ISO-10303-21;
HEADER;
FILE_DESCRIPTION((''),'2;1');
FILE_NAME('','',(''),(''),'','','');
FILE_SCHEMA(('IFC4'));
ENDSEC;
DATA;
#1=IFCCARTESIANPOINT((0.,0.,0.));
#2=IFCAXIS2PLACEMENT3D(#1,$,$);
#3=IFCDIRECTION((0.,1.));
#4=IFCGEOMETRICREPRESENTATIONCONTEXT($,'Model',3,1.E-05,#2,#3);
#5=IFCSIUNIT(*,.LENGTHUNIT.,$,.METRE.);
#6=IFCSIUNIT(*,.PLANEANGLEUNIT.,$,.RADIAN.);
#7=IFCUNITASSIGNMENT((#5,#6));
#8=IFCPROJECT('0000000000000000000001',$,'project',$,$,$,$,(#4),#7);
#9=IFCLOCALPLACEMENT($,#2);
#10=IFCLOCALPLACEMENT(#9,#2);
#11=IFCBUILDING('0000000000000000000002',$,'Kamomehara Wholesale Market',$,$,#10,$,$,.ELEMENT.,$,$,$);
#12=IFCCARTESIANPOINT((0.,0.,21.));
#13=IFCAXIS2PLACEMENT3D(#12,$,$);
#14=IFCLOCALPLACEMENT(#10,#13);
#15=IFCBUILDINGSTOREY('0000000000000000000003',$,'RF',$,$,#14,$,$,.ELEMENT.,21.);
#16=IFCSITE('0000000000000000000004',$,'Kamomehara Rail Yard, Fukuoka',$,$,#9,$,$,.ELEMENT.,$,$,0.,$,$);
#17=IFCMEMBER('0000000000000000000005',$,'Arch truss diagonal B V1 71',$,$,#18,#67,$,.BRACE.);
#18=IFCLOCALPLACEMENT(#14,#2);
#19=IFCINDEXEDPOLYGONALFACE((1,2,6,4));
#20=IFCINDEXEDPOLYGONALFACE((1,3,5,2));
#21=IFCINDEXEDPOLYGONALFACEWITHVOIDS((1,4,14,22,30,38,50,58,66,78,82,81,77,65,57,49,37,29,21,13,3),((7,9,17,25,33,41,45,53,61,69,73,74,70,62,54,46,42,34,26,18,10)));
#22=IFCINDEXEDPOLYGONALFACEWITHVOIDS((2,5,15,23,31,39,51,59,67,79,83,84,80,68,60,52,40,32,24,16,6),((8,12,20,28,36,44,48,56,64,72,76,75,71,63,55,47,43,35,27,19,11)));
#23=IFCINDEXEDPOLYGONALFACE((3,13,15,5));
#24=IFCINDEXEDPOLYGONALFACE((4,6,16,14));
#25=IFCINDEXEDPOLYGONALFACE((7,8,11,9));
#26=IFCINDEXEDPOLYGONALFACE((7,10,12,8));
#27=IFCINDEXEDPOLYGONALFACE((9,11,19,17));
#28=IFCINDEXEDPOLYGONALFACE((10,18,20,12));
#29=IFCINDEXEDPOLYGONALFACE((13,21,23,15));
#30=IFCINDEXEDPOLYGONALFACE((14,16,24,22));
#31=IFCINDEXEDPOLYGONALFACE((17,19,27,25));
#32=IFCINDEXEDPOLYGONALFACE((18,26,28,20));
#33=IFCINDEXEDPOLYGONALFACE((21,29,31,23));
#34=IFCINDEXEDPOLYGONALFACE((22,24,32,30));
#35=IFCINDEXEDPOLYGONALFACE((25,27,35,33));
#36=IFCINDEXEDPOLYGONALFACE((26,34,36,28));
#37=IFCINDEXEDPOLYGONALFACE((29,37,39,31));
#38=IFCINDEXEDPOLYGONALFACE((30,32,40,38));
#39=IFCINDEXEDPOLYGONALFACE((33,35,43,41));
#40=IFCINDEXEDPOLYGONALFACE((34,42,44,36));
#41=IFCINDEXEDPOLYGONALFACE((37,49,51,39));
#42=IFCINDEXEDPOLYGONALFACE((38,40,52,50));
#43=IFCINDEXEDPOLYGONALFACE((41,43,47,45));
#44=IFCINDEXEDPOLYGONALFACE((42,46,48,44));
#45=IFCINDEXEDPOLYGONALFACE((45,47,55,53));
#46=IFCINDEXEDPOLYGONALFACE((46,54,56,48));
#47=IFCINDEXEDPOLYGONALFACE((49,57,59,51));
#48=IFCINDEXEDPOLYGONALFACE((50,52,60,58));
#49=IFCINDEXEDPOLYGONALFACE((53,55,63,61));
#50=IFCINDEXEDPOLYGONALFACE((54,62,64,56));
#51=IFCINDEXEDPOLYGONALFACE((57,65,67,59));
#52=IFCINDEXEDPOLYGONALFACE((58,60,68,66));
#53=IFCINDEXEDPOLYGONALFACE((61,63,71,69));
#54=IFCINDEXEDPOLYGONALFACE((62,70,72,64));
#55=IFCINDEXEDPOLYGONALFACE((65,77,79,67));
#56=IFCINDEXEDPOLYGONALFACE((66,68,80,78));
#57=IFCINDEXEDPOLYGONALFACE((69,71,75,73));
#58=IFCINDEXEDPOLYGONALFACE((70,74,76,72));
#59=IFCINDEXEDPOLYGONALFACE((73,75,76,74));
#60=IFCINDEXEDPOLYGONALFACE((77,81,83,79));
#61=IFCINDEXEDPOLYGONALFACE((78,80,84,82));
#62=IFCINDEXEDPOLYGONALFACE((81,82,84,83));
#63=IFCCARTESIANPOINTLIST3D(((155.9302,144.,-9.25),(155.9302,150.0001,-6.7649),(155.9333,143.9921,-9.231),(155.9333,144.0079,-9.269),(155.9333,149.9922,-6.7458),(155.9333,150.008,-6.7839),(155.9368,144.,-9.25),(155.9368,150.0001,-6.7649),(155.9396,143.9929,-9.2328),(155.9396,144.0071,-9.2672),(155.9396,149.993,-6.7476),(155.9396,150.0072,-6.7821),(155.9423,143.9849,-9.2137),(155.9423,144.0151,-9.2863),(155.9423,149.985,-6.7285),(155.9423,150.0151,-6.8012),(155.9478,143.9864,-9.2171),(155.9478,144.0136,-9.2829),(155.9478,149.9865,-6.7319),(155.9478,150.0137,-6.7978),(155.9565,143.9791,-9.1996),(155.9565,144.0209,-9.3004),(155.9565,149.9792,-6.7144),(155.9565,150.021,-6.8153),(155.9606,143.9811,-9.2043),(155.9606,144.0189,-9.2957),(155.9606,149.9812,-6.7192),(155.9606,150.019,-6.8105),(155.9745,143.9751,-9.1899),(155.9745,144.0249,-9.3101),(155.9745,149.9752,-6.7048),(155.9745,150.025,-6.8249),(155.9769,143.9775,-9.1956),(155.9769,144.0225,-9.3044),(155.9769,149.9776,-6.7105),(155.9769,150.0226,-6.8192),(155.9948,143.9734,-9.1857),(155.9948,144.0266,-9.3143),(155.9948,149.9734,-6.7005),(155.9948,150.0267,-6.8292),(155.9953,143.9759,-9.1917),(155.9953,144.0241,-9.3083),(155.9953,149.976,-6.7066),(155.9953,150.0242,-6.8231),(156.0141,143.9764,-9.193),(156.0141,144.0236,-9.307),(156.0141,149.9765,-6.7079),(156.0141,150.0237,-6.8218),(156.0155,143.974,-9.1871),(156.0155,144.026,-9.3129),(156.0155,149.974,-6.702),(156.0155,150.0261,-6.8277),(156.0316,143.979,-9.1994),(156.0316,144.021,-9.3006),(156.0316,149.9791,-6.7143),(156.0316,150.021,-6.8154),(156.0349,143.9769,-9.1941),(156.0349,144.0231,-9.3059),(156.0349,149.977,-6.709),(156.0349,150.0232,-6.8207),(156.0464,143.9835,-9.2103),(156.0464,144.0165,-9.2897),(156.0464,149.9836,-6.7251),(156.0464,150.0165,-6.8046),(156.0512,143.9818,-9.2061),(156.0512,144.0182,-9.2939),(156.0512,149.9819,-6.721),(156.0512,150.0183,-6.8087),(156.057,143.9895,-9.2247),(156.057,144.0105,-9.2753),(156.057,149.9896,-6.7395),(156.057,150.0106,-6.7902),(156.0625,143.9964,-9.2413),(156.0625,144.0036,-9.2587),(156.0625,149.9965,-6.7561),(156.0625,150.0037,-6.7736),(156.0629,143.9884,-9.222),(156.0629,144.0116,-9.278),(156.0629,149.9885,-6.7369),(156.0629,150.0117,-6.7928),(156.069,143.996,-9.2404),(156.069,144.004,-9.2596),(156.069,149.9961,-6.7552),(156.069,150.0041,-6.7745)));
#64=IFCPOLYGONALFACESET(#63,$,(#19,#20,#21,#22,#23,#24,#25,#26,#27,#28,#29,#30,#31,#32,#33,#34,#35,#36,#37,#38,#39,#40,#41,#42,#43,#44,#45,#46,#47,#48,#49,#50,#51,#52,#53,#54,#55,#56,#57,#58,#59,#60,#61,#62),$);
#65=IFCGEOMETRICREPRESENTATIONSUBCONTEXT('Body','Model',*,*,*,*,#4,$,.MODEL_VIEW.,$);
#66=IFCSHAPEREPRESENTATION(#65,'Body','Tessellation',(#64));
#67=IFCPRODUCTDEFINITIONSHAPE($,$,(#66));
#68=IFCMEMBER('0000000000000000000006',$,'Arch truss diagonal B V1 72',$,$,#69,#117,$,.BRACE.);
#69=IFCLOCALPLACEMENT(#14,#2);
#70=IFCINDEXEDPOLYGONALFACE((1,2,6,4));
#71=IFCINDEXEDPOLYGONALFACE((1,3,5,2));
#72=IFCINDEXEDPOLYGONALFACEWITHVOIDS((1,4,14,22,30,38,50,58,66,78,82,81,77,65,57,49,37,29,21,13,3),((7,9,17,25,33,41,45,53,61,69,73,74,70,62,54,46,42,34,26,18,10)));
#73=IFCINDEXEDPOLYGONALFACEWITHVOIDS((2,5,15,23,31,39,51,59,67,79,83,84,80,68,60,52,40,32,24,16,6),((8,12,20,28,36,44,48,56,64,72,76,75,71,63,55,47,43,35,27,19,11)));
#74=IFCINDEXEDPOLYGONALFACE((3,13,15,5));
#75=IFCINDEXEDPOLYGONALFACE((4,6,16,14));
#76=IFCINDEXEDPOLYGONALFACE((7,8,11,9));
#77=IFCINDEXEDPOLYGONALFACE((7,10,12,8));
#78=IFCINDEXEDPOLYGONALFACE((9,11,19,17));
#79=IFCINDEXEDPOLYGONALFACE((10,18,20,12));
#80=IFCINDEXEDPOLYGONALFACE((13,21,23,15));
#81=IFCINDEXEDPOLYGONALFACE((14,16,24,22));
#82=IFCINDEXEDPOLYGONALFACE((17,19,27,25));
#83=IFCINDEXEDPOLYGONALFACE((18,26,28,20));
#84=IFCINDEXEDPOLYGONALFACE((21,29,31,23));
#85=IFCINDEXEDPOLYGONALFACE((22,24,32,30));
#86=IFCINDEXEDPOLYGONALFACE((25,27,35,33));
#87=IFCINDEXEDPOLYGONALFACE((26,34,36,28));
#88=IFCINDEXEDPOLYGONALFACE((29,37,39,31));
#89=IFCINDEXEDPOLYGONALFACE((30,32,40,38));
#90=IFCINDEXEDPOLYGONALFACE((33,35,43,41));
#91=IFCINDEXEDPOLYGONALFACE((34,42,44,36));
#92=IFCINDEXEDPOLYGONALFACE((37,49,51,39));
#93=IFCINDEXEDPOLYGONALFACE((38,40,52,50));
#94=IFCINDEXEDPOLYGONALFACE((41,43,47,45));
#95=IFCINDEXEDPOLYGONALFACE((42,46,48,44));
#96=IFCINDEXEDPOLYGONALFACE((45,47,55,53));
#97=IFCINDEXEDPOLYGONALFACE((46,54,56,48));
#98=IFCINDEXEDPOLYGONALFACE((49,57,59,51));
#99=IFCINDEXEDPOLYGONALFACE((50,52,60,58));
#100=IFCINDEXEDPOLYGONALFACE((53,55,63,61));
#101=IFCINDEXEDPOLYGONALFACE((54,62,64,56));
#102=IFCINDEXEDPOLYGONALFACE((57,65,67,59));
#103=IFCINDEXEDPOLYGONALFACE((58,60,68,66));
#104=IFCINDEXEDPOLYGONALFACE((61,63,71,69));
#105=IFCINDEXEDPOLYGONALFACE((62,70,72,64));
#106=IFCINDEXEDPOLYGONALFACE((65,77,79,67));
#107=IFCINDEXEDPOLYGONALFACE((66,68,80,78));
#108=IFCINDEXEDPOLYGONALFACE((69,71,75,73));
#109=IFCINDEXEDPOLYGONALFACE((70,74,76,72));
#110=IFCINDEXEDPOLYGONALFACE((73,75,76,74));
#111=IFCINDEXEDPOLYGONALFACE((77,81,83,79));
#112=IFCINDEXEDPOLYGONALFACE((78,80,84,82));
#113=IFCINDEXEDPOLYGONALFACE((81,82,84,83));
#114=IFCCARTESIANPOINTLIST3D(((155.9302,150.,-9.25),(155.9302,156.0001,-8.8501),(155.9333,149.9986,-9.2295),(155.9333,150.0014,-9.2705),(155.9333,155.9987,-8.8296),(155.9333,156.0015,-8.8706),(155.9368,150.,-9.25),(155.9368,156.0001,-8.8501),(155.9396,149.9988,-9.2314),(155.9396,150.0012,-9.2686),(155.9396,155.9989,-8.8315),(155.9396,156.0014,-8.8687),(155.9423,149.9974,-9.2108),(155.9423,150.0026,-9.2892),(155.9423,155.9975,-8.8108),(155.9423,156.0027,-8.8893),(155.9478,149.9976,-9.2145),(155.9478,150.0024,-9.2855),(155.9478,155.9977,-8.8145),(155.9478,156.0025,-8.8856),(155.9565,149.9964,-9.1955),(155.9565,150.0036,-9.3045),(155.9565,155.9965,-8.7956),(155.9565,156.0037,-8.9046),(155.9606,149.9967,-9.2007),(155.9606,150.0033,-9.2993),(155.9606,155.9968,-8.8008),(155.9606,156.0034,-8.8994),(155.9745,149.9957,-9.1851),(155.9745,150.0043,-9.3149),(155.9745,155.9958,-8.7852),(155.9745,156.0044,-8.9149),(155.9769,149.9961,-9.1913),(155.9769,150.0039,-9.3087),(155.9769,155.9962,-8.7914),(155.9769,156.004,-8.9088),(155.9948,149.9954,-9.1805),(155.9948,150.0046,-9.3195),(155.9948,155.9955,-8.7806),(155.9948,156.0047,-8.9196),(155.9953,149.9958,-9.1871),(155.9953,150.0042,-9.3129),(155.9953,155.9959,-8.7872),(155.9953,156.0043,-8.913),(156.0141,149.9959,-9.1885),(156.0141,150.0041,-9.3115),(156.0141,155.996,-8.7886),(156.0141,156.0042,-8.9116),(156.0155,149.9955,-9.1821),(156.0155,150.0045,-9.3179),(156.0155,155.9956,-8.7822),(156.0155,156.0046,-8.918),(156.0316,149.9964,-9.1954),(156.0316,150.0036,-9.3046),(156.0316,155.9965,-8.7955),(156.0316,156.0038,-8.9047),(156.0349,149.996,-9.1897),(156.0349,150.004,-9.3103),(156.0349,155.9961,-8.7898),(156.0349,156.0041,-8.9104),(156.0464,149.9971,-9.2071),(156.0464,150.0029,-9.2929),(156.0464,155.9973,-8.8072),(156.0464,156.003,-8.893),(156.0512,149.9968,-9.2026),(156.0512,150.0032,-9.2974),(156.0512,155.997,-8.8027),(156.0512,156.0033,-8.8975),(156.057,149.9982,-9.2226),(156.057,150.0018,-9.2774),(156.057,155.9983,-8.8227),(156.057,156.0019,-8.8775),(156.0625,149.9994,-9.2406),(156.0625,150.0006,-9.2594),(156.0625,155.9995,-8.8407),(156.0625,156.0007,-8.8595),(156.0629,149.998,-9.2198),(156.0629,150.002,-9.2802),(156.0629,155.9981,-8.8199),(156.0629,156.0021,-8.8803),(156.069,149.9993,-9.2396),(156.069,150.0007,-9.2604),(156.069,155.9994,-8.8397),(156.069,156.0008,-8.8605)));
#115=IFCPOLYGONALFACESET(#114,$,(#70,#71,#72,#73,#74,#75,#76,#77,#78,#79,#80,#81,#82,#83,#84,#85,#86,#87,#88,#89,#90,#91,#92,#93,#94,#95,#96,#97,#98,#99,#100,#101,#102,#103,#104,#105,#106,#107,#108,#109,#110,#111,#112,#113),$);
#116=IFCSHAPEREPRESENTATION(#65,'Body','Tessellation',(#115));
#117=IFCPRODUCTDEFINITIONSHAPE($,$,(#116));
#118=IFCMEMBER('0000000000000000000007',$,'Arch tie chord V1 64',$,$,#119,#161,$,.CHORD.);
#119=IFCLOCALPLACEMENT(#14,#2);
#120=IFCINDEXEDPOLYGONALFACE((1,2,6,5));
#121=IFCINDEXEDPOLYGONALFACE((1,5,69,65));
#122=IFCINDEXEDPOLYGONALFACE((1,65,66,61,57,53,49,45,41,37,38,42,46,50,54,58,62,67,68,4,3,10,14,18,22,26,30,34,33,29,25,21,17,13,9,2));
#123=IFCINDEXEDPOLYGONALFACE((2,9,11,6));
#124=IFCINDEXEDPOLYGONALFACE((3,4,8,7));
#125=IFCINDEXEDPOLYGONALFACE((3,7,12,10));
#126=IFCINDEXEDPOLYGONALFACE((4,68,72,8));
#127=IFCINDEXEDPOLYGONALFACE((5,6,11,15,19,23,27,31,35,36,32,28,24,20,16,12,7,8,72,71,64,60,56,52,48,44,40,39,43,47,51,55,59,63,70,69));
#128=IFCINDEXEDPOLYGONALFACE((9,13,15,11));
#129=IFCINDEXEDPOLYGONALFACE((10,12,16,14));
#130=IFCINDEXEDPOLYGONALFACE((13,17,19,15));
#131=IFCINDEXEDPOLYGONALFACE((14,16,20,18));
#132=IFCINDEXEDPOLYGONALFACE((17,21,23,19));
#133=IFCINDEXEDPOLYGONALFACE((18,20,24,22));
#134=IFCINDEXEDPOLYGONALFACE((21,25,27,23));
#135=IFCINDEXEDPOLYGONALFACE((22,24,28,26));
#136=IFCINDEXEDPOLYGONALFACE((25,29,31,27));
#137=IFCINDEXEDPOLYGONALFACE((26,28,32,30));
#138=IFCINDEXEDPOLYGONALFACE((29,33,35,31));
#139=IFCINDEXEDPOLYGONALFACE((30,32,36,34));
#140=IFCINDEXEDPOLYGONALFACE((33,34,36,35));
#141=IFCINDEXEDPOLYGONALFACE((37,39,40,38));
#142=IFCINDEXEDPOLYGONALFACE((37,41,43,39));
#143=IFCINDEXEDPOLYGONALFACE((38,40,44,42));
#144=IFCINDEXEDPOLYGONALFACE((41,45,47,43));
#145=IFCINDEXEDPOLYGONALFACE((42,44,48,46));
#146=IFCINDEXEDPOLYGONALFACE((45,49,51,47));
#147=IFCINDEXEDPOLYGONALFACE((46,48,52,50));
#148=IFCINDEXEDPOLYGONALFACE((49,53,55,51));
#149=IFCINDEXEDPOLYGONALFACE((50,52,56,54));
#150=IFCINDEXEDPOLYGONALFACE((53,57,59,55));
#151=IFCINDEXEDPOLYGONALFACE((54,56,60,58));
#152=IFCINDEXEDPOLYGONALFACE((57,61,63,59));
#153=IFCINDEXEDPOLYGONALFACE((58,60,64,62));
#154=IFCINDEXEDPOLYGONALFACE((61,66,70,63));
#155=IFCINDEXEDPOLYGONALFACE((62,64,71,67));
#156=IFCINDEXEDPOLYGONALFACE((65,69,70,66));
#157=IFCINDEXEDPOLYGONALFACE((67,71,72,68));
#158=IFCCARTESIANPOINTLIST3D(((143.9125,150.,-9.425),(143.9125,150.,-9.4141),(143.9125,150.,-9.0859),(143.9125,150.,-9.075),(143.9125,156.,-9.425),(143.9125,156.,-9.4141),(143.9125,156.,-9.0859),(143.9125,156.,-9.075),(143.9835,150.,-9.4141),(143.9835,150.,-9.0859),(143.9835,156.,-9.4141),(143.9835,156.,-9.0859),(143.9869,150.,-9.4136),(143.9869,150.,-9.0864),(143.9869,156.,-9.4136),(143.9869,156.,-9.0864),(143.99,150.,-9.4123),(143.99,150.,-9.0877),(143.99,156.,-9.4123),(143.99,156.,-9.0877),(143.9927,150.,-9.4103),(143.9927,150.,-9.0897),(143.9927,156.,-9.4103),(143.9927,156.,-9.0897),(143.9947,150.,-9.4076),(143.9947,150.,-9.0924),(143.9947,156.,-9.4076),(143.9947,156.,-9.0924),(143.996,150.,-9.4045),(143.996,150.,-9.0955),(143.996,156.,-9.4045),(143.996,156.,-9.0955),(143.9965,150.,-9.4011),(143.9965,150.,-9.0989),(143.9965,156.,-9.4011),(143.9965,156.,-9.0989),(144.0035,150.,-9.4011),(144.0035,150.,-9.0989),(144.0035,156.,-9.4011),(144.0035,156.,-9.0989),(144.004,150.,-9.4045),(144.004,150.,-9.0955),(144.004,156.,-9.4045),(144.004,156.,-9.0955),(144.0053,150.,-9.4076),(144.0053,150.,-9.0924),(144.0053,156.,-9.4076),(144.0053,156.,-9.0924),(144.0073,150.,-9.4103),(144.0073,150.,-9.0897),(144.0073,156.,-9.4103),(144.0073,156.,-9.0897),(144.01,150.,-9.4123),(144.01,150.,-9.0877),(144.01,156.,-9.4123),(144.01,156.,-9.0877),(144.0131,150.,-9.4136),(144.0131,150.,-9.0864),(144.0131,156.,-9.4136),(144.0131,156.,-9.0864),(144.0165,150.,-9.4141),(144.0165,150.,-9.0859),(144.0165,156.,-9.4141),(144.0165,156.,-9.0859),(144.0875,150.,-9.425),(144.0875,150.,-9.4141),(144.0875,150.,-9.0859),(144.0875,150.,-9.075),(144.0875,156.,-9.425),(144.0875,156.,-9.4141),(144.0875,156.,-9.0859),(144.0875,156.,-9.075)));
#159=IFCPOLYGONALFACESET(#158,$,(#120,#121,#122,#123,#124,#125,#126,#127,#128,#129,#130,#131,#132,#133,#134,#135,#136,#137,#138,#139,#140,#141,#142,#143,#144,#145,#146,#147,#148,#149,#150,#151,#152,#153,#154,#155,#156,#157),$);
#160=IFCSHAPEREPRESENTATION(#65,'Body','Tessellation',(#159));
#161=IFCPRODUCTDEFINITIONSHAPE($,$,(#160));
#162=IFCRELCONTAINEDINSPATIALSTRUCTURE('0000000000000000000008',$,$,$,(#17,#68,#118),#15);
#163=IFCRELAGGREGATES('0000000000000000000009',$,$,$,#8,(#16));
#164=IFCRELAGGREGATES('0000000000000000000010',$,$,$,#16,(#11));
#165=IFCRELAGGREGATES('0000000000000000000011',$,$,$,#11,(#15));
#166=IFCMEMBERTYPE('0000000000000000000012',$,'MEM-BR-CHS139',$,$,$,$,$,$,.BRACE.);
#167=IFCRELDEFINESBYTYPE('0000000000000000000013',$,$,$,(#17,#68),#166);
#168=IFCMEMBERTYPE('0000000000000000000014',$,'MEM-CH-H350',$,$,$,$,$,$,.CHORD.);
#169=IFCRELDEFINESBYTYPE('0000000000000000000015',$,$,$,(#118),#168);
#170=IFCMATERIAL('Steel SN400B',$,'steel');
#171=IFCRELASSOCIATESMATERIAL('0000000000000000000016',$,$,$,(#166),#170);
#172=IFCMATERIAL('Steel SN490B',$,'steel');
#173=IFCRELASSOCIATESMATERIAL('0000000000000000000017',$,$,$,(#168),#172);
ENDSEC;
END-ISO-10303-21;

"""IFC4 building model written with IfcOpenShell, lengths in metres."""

from ifc_helpers import new_model, si_unit, direction, frame, origin, origin_2d, place, context, subcontext, project, spatial, hollow_circle, i_section, extrude, material, material_profile, profile_set, type_object, element, save


model = new_model("IFC4")

# Units and contexts
model_context = context("Model", 3, precision=1e-05, world=origin(), true_north=direction((0.0, 1.0)))
body_context = subcontext(model_context, "Body", "Model", "MODEL_VIEW")
ifc_project = project(units=[si_unit("LENGTHUNIT", "METRE"), si_unit("PLANEANGLEUNIT", "RADIAN")], contexts=[model_context])

# Site, building, storey
site_placement = place(None, origin())
site = spatial("IfcSite", under=ifc_project, at=site_placement, Name="Kamomehara Rail Yard, Fukuoka", CompositionType="ELEMENT", RefElevation=0.0)
building_placement = place(site_placement, origin())
building = spatial("IfcBuilding", under=site, at=building_placement, Name="Kamomehara Wholesale Market", CompositionType="ELEMENT")
storey_placement = place(building_placement, frame((0.0, 0.0, 21.0)))
storey = spatial("IfcBuildingStorey", under=building, at=storey_placement, Name="RF", CompositionType="ELEMENT", Elevation=21.0)

# Members
ifc_material_1 = material(Name="Steel SN400B", Category="steel")
ifc_material_profile_1 = material_profile(ifc_material_1, hollow_circle(Radius=0.0698, WallThickness=0.0066, at=origin_2d()), Name="CHS-139.8x6.6")
ifc_profile_set_1 = profile_set([ifc_material_profile_1], Name="Steel SN400B")
member_type_1 = type_object("IfcMemberType", Name="MEM-BR-CHS139", PredefinedType="BRACE", material=ifc_profile_set_1)
member_1_placement = place(storey_placement, frame((156.0, 144.0, -9.25), z_axis=(0.0, 0.923889, 0.382661), x_axis=(-1.0, 0.0, 0.0)))
element("IfcMember", 1, at=member_1_placement, inside=storey, type_object=member_type_1, Name="Arch truss diagonal B V1 71", PredefinedType="BRACE", context=body_context, shape_type="SweptSolid", body=[
    extrude(hollow_circle(Radius=0.0698, WallThickness=0.0066, at=origin_2d()), origin(), (0.0, 0.0, 1.0), 6.4944),
])
member_2_placement = place(storey_placement, frame((156.0, 150.0, -9.25), z_axis=(0.0, 0.997786, 0.066503), x_axis=(-1.0, 0.0, 0.0)))
element("IfcMember", 2, at=member_2_placement, inside=storey, type_object=member_type_1, Name="Arch truss diagonal B V1 72", PredefinedType="BRACE", context=body_context, shape_type="SweptSolid", body=[
    extrude(hollow_circle(Radius=0.0698, WallThickness=0.0066, at=origin_2d()), origin(), (0.0, 0.0, 1.0), 6.0134),
])
ifc_material_2 = material(Name="Steel SN490B", Category="steel")
ifc_material_profile_2 = material_profile(ifc_material_2, i_section(OverallWidth=0.175, OverallDepth=0.3501, WebThickness=0.0071, FlangeThickness=0.011, FilletRadius=0.0129, at=origin_2d()), Name="H-350x175x7x11")
ifc_profile_set_2 = profile_set([ifc_material_profile_2], Name="Steel SN490B")
member_type_2 = type_object("IfcMemberType", Name="MEM-CH-H350", PredefinedType="CHORD", material=ifc_profile_set_2)
member_3_placement = place(storey_placement, frame((144.0, 150.0, -9.25), z_axis=(0.0, 1.0, 0.0), x_axis=(-1.0, 0.0, 0.0)))
element("IfcMember", 3, at=member_3_placement, inside=storey, type_object=member_type_2, Name="Arch tie chord V1 64", PredefinedType="CHORD", context=body_context, shape_type="SweptSolid", body=[
    extrude(i_section(OverallWidth=0.175, OverallDepth=0.3501, WebThickness=0.0071, FlangeThickness=0.011, FilletRadius=0.0129, at=origin_2d()), origin(), (0.0, 0.0, 1.0), 6.0),
])

save(model, "model.ifc")
